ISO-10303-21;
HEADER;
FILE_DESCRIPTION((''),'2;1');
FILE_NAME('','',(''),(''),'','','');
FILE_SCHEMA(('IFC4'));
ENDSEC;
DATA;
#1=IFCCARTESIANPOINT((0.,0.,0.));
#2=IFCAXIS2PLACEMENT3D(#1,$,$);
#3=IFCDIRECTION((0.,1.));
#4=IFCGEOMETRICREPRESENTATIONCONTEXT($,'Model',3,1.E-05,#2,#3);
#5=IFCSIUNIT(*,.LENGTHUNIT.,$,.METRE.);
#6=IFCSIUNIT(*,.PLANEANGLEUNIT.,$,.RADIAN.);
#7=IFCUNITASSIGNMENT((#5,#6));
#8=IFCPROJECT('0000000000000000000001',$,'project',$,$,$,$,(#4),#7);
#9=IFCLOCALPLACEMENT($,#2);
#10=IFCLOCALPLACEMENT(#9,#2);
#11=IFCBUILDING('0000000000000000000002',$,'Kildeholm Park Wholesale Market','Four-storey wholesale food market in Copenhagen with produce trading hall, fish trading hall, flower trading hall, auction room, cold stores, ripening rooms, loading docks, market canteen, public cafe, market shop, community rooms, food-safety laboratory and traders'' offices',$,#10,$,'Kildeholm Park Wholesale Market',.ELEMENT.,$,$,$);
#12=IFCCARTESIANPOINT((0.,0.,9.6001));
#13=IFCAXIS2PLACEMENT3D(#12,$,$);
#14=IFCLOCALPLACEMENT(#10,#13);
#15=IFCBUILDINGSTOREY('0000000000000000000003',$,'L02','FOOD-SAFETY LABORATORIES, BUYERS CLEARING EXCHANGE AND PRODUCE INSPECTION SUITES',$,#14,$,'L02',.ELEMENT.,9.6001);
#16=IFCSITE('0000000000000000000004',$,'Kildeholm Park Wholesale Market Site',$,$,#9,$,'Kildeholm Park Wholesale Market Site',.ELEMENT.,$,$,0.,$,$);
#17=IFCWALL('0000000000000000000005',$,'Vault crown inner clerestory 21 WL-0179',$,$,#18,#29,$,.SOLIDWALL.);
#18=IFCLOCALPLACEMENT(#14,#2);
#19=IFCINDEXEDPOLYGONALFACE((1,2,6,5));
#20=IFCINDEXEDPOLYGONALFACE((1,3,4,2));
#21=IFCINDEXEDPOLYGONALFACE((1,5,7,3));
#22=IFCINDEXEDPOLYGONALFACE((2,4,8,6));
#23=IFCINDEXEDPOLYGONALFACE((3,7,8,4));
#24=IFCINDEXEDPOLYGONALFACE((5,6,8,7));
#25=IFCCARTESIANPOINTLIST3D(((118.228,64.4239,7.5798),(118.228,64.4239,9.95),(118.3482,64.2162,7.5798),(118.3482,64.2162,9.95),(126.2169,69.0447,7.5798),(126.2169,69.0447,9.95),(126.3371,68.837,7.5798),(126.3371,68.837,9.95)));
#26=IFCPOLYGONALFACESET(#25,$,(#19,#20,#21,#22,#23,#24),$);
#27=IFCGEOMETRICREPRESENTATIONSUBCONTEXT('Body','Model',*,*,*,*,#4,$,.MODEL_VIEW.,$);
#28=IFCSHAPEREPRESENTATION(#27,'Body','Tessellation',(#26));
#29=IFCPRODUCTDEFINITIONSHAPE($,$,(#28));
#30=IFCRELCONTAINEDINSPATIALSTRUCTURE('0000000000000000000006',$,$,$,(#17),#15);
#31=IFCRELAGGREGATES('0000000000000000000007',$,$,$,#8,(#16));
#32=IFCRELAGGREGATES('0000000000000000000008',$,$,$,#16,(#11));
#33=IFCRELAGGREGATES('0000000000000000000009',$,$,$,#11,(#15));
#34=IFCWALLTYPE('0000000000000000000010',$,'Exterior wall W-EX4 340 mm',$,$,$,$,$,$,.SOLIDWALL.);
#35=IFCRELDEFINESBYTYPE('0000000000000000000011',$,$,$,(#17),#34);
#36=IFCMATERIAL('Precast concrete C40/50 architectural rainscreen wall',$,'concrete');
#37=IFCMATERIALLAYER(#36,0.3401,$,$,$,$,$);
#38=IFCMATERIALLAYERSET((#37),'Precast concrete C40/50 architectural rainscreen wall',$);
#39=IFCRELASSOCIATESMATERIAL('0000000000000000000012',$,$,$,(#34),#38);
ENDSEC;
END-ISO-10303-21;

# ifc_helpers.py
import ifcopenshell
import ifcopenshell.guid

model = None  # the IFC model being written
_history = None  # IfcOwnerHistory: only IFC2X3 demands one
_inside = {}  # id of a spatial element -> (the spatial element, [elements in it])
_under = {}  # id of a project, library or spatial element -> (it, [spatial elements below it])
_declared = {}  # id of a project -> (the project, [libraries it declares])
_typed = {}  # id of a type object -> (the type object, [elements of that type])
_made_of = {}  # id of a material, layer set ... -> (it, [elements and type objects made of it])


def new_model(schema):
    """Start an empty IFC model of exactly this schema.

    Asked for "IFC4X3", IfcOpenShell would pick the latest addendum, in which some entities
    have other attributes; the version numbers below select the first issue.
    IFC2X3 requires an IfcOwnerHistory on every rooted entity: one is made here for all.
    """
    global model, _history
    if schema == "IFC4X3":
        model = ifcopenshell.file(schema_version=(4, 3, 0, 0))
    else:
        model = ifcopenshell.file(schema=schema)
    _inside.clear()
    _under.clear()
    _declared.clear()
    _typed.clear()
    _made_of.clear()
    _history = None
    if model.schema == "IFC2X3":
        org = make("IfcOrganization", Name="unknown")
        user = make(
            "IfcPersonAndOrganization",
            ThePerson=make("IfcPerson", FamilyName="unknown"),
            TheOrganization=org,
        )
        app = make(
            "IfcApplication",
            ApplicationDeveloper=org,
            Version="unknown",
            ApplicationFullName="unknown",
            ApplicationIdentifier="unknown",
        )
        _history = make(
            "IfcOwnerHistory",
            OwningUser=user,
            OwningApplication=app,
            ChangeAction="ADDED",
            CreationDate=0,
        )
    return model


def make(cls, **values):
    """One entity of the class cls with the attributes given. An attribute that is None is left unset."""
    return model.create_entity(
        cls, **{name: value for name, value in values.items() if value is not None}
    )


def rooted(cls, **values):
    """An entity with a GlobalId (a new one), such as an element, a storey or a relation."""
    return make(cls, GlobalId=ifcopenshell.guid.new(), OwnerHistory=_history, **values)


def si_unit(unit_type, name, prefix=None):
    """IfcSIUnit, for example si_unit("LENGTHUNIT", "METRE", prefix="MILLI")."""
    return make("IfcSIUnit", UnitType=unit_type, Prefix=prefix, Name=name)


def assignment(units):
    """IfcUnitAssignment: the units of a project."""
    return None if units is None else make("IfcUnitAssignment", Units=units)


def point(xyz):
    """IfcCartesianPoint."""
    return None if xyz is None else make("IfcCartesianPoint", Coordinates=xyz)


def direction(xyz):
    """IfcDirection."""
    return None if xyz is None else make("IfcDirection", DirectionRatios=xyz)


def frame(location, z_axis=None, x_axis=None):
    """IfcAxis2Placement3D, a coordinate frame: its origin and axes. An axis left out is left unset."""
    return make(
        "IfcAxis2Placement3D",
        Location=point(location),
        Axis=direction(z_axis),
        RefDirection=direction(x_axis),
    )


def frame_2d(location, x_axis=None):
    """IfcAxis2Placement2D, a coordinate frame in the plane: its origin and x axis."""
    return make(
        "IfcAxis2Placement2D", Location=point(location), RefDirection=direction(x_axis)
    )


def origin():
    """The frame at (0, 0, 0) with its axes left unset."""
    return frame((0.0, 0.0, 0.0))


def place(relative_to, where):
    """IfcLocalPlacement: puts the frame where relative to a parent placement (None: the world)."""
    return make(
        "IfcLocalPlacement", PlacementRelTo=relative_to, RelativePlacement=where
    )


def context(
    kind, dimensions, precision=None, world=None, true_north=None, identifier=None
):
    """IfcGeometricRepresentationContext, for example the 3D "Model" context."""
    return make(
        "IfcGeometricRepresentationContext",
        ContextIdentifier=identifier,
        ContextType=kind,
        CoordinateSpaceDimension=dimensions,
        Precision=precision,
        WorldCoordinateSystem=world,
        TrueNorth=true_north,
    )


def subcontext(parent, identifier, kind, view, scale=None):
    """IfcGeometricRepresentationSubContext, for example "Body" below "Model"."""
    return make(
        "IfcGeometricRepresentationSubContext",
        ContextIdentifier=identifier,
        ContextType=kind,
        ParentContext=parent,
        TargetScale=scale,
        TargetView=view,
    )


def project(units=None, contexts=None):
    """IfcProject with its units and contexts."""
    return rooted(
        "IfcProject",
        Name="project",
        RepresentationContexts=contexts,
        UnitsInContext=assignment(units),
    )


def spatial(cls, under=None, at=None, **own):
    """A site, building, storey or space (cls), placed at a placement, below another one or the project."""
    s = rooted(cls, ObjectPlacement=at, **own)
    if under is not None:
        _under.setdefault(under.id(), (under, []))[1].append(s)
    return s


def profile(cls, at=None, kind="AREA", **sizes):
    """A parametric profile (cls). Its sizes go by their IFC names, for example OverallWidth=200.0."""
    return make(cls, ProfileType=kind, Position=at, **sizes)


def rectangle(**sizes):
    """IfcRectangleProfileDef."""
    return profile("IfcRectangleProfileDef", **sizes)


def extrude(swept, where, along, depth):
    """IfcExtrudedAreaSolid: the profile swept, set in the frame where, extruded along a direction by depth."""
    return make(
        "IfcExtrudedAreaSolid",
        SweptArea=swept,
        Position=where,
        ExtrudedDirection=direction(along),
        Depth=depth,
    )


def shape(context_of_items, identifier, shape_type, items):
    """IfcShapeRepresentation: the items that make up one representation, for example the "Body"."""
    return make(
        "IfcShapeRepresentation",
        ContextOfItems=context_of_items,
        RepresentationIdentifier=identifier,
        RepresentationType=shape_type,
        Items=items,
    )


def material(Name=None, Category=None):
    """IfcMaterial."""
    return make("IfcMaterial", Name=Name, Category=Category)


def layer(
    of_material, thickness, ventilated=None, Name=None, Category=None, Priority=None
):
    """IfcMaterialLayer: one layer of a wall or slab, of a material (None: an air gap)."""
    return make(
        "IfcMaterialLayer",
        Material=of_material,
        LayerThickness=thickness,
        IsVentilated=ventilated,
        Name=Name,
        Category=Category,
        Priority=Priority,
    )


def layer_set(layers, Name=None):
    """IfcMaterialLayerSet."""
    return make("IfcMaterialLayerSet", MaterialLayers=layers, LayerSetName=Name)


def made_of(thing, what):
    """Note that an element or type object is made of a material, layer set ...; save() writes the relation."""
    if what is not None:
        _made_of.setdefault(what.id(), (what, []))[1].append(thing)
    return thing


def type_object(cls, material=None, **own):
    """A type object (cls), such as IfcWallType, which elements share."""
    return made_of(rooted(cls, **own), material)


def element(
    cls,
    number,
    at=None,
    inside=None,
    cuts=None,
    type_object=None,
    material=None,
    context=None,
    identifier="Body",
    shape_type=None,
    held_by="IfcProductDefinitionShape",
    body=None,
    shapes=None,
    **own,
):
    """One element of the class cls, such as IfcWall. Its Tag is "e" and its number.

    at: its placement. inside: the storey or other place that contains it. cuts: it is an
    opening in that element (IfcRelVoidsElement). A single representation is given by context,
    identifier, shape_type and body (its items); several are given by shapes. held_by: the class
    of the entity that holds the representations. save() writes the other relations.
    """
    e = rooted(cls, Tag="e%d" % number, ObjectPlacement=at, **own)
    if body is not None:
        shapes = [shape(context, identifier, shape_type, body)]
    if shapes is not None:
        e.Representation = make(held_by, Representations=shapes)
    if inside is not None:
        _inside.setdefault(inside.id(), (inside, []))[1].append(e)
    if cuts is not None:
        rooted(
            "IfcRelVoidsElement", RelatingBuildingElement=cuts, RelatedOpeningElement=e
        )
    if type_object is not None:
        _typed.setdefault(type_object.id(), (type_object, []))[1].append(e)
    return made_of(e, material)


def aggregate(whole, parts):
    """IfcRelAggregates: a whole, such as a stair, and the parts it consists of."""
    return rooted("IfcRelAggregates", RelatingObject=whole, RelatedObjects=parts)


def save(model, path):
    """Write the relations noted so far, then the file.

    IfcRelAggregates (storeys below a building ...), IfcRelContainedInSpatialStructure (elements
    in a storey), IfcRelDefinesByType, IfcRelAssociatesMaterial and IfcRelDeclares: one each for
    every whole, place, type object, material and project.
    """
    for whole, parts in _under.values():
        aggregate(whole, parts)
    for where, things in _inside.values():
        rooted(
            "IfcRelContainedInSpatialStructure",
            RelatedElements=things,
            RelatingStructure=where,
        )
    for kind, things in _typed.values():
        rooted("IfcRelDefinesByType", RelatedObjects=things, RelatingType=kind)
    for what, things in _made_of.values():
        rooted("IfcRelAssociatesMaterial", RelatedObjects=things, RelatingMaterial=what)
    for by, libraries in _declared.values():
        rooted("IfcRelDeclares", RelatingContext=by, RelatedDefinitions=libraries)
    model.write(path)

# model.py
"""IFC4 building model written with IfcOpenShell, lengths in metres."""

from ifc_helpers import new_model, si_unit, direction, frame, frame_2d, origin, place, context, subcontext, project, spatial, rectangle, extrude, material, layer, layer_set, type_object, element, save


model = new_model("IFC4")

# Units and contexts
model_context = context("Model", 3, precision=1e-05, world=origin(), true_north=direction((0.0, 1.0)))
body_context = subcontext(model_context, "Body", "Model", "MODEL_VIEW")
ifc_project = project(units=[si_unit("LENGTHUNIT", "METRE"), si_unit("PLANEANGLEUNIT", "RADIAN")], contexts=[model_context])

# Site, building, storey
site_placement = place(None, origin())
site = spatial("IfcSite", under=ifc_project, at=site_placement, Name="Kildeholm Park Wholesale Market Site", LongName="Kildeholm Park Wholesale Market Site", CompositionType="ELEMENT", RefElevation=0.0)
building_placement = place(site_placement, origin())
building = spatial("IfcBuilding", under=site, at=building_placement, Name="Kildeholm Park Wholesale Market", Description="Four-storey wholesale food market in Copenhagen with produce trading hall, fish trading hall, flower trading hall, auction room, cold stores, ripening rooms, loading docks, market canteen, public cafe, market shop, community rooms, food-safety laboratory and traders' offices", LongName="Kildeholm Park Wholesale Market", CompositionType="ELEMENT")
storey_placement = place(building_placement, frame((0.0, 0.0, 9.6001)))
storey = spatial("IfcBuildingStorey", under=building, at=storey_placement, Name="L02", Description="FOOD-SAFETY LABORATORIES, BUYERS CLEARING EXCHANGE AND PRODUCE INSPECTION SUITES", LongName="L02", CompositionType="ELEMENT", Elevation=9.6001)

# Wall
ifc_material_1 = material(Name="Precast concrete C40/50 architectural rainscreen wall", Category="concrete")
ifc_layer_1 = layer(ifc_material_1, 0.3401)
ifc_layer_set_1 = layer_set([ifc_layer_1], Name="Precast concrete C40/50 architectural rainscreen wall")
wall_type = type_object("IfcWallType", Name="Exterior wall W-EX4 340 mm", PredefinedType="SOLIDWALL", material=ifc_layer_set_1)
wall_1_placement = place(storey_placement, frame((118.2881, 64.3201, 7.5798), z_axis=(0.0, 0.0, 1.0), x_axis=(0.865631, 0.500682, 0.0)))
element("IfcWall", 1, at=wall_1_placement, inside=storey, type_object=wall_type, Name="Vault crown inner clerestory 21 WL-0179", PredefinedType="SOLIDWALL", context=body_context, shape_type="SweptSolid", body=[
    extrude(rectangle(XDim=9.229, YDim=0.24, at=frame_2d((4.6145, 0.0))), origin(), (0.0, 0.0, 1.0), 2.3701),
])

save(model, "model.ifc")
